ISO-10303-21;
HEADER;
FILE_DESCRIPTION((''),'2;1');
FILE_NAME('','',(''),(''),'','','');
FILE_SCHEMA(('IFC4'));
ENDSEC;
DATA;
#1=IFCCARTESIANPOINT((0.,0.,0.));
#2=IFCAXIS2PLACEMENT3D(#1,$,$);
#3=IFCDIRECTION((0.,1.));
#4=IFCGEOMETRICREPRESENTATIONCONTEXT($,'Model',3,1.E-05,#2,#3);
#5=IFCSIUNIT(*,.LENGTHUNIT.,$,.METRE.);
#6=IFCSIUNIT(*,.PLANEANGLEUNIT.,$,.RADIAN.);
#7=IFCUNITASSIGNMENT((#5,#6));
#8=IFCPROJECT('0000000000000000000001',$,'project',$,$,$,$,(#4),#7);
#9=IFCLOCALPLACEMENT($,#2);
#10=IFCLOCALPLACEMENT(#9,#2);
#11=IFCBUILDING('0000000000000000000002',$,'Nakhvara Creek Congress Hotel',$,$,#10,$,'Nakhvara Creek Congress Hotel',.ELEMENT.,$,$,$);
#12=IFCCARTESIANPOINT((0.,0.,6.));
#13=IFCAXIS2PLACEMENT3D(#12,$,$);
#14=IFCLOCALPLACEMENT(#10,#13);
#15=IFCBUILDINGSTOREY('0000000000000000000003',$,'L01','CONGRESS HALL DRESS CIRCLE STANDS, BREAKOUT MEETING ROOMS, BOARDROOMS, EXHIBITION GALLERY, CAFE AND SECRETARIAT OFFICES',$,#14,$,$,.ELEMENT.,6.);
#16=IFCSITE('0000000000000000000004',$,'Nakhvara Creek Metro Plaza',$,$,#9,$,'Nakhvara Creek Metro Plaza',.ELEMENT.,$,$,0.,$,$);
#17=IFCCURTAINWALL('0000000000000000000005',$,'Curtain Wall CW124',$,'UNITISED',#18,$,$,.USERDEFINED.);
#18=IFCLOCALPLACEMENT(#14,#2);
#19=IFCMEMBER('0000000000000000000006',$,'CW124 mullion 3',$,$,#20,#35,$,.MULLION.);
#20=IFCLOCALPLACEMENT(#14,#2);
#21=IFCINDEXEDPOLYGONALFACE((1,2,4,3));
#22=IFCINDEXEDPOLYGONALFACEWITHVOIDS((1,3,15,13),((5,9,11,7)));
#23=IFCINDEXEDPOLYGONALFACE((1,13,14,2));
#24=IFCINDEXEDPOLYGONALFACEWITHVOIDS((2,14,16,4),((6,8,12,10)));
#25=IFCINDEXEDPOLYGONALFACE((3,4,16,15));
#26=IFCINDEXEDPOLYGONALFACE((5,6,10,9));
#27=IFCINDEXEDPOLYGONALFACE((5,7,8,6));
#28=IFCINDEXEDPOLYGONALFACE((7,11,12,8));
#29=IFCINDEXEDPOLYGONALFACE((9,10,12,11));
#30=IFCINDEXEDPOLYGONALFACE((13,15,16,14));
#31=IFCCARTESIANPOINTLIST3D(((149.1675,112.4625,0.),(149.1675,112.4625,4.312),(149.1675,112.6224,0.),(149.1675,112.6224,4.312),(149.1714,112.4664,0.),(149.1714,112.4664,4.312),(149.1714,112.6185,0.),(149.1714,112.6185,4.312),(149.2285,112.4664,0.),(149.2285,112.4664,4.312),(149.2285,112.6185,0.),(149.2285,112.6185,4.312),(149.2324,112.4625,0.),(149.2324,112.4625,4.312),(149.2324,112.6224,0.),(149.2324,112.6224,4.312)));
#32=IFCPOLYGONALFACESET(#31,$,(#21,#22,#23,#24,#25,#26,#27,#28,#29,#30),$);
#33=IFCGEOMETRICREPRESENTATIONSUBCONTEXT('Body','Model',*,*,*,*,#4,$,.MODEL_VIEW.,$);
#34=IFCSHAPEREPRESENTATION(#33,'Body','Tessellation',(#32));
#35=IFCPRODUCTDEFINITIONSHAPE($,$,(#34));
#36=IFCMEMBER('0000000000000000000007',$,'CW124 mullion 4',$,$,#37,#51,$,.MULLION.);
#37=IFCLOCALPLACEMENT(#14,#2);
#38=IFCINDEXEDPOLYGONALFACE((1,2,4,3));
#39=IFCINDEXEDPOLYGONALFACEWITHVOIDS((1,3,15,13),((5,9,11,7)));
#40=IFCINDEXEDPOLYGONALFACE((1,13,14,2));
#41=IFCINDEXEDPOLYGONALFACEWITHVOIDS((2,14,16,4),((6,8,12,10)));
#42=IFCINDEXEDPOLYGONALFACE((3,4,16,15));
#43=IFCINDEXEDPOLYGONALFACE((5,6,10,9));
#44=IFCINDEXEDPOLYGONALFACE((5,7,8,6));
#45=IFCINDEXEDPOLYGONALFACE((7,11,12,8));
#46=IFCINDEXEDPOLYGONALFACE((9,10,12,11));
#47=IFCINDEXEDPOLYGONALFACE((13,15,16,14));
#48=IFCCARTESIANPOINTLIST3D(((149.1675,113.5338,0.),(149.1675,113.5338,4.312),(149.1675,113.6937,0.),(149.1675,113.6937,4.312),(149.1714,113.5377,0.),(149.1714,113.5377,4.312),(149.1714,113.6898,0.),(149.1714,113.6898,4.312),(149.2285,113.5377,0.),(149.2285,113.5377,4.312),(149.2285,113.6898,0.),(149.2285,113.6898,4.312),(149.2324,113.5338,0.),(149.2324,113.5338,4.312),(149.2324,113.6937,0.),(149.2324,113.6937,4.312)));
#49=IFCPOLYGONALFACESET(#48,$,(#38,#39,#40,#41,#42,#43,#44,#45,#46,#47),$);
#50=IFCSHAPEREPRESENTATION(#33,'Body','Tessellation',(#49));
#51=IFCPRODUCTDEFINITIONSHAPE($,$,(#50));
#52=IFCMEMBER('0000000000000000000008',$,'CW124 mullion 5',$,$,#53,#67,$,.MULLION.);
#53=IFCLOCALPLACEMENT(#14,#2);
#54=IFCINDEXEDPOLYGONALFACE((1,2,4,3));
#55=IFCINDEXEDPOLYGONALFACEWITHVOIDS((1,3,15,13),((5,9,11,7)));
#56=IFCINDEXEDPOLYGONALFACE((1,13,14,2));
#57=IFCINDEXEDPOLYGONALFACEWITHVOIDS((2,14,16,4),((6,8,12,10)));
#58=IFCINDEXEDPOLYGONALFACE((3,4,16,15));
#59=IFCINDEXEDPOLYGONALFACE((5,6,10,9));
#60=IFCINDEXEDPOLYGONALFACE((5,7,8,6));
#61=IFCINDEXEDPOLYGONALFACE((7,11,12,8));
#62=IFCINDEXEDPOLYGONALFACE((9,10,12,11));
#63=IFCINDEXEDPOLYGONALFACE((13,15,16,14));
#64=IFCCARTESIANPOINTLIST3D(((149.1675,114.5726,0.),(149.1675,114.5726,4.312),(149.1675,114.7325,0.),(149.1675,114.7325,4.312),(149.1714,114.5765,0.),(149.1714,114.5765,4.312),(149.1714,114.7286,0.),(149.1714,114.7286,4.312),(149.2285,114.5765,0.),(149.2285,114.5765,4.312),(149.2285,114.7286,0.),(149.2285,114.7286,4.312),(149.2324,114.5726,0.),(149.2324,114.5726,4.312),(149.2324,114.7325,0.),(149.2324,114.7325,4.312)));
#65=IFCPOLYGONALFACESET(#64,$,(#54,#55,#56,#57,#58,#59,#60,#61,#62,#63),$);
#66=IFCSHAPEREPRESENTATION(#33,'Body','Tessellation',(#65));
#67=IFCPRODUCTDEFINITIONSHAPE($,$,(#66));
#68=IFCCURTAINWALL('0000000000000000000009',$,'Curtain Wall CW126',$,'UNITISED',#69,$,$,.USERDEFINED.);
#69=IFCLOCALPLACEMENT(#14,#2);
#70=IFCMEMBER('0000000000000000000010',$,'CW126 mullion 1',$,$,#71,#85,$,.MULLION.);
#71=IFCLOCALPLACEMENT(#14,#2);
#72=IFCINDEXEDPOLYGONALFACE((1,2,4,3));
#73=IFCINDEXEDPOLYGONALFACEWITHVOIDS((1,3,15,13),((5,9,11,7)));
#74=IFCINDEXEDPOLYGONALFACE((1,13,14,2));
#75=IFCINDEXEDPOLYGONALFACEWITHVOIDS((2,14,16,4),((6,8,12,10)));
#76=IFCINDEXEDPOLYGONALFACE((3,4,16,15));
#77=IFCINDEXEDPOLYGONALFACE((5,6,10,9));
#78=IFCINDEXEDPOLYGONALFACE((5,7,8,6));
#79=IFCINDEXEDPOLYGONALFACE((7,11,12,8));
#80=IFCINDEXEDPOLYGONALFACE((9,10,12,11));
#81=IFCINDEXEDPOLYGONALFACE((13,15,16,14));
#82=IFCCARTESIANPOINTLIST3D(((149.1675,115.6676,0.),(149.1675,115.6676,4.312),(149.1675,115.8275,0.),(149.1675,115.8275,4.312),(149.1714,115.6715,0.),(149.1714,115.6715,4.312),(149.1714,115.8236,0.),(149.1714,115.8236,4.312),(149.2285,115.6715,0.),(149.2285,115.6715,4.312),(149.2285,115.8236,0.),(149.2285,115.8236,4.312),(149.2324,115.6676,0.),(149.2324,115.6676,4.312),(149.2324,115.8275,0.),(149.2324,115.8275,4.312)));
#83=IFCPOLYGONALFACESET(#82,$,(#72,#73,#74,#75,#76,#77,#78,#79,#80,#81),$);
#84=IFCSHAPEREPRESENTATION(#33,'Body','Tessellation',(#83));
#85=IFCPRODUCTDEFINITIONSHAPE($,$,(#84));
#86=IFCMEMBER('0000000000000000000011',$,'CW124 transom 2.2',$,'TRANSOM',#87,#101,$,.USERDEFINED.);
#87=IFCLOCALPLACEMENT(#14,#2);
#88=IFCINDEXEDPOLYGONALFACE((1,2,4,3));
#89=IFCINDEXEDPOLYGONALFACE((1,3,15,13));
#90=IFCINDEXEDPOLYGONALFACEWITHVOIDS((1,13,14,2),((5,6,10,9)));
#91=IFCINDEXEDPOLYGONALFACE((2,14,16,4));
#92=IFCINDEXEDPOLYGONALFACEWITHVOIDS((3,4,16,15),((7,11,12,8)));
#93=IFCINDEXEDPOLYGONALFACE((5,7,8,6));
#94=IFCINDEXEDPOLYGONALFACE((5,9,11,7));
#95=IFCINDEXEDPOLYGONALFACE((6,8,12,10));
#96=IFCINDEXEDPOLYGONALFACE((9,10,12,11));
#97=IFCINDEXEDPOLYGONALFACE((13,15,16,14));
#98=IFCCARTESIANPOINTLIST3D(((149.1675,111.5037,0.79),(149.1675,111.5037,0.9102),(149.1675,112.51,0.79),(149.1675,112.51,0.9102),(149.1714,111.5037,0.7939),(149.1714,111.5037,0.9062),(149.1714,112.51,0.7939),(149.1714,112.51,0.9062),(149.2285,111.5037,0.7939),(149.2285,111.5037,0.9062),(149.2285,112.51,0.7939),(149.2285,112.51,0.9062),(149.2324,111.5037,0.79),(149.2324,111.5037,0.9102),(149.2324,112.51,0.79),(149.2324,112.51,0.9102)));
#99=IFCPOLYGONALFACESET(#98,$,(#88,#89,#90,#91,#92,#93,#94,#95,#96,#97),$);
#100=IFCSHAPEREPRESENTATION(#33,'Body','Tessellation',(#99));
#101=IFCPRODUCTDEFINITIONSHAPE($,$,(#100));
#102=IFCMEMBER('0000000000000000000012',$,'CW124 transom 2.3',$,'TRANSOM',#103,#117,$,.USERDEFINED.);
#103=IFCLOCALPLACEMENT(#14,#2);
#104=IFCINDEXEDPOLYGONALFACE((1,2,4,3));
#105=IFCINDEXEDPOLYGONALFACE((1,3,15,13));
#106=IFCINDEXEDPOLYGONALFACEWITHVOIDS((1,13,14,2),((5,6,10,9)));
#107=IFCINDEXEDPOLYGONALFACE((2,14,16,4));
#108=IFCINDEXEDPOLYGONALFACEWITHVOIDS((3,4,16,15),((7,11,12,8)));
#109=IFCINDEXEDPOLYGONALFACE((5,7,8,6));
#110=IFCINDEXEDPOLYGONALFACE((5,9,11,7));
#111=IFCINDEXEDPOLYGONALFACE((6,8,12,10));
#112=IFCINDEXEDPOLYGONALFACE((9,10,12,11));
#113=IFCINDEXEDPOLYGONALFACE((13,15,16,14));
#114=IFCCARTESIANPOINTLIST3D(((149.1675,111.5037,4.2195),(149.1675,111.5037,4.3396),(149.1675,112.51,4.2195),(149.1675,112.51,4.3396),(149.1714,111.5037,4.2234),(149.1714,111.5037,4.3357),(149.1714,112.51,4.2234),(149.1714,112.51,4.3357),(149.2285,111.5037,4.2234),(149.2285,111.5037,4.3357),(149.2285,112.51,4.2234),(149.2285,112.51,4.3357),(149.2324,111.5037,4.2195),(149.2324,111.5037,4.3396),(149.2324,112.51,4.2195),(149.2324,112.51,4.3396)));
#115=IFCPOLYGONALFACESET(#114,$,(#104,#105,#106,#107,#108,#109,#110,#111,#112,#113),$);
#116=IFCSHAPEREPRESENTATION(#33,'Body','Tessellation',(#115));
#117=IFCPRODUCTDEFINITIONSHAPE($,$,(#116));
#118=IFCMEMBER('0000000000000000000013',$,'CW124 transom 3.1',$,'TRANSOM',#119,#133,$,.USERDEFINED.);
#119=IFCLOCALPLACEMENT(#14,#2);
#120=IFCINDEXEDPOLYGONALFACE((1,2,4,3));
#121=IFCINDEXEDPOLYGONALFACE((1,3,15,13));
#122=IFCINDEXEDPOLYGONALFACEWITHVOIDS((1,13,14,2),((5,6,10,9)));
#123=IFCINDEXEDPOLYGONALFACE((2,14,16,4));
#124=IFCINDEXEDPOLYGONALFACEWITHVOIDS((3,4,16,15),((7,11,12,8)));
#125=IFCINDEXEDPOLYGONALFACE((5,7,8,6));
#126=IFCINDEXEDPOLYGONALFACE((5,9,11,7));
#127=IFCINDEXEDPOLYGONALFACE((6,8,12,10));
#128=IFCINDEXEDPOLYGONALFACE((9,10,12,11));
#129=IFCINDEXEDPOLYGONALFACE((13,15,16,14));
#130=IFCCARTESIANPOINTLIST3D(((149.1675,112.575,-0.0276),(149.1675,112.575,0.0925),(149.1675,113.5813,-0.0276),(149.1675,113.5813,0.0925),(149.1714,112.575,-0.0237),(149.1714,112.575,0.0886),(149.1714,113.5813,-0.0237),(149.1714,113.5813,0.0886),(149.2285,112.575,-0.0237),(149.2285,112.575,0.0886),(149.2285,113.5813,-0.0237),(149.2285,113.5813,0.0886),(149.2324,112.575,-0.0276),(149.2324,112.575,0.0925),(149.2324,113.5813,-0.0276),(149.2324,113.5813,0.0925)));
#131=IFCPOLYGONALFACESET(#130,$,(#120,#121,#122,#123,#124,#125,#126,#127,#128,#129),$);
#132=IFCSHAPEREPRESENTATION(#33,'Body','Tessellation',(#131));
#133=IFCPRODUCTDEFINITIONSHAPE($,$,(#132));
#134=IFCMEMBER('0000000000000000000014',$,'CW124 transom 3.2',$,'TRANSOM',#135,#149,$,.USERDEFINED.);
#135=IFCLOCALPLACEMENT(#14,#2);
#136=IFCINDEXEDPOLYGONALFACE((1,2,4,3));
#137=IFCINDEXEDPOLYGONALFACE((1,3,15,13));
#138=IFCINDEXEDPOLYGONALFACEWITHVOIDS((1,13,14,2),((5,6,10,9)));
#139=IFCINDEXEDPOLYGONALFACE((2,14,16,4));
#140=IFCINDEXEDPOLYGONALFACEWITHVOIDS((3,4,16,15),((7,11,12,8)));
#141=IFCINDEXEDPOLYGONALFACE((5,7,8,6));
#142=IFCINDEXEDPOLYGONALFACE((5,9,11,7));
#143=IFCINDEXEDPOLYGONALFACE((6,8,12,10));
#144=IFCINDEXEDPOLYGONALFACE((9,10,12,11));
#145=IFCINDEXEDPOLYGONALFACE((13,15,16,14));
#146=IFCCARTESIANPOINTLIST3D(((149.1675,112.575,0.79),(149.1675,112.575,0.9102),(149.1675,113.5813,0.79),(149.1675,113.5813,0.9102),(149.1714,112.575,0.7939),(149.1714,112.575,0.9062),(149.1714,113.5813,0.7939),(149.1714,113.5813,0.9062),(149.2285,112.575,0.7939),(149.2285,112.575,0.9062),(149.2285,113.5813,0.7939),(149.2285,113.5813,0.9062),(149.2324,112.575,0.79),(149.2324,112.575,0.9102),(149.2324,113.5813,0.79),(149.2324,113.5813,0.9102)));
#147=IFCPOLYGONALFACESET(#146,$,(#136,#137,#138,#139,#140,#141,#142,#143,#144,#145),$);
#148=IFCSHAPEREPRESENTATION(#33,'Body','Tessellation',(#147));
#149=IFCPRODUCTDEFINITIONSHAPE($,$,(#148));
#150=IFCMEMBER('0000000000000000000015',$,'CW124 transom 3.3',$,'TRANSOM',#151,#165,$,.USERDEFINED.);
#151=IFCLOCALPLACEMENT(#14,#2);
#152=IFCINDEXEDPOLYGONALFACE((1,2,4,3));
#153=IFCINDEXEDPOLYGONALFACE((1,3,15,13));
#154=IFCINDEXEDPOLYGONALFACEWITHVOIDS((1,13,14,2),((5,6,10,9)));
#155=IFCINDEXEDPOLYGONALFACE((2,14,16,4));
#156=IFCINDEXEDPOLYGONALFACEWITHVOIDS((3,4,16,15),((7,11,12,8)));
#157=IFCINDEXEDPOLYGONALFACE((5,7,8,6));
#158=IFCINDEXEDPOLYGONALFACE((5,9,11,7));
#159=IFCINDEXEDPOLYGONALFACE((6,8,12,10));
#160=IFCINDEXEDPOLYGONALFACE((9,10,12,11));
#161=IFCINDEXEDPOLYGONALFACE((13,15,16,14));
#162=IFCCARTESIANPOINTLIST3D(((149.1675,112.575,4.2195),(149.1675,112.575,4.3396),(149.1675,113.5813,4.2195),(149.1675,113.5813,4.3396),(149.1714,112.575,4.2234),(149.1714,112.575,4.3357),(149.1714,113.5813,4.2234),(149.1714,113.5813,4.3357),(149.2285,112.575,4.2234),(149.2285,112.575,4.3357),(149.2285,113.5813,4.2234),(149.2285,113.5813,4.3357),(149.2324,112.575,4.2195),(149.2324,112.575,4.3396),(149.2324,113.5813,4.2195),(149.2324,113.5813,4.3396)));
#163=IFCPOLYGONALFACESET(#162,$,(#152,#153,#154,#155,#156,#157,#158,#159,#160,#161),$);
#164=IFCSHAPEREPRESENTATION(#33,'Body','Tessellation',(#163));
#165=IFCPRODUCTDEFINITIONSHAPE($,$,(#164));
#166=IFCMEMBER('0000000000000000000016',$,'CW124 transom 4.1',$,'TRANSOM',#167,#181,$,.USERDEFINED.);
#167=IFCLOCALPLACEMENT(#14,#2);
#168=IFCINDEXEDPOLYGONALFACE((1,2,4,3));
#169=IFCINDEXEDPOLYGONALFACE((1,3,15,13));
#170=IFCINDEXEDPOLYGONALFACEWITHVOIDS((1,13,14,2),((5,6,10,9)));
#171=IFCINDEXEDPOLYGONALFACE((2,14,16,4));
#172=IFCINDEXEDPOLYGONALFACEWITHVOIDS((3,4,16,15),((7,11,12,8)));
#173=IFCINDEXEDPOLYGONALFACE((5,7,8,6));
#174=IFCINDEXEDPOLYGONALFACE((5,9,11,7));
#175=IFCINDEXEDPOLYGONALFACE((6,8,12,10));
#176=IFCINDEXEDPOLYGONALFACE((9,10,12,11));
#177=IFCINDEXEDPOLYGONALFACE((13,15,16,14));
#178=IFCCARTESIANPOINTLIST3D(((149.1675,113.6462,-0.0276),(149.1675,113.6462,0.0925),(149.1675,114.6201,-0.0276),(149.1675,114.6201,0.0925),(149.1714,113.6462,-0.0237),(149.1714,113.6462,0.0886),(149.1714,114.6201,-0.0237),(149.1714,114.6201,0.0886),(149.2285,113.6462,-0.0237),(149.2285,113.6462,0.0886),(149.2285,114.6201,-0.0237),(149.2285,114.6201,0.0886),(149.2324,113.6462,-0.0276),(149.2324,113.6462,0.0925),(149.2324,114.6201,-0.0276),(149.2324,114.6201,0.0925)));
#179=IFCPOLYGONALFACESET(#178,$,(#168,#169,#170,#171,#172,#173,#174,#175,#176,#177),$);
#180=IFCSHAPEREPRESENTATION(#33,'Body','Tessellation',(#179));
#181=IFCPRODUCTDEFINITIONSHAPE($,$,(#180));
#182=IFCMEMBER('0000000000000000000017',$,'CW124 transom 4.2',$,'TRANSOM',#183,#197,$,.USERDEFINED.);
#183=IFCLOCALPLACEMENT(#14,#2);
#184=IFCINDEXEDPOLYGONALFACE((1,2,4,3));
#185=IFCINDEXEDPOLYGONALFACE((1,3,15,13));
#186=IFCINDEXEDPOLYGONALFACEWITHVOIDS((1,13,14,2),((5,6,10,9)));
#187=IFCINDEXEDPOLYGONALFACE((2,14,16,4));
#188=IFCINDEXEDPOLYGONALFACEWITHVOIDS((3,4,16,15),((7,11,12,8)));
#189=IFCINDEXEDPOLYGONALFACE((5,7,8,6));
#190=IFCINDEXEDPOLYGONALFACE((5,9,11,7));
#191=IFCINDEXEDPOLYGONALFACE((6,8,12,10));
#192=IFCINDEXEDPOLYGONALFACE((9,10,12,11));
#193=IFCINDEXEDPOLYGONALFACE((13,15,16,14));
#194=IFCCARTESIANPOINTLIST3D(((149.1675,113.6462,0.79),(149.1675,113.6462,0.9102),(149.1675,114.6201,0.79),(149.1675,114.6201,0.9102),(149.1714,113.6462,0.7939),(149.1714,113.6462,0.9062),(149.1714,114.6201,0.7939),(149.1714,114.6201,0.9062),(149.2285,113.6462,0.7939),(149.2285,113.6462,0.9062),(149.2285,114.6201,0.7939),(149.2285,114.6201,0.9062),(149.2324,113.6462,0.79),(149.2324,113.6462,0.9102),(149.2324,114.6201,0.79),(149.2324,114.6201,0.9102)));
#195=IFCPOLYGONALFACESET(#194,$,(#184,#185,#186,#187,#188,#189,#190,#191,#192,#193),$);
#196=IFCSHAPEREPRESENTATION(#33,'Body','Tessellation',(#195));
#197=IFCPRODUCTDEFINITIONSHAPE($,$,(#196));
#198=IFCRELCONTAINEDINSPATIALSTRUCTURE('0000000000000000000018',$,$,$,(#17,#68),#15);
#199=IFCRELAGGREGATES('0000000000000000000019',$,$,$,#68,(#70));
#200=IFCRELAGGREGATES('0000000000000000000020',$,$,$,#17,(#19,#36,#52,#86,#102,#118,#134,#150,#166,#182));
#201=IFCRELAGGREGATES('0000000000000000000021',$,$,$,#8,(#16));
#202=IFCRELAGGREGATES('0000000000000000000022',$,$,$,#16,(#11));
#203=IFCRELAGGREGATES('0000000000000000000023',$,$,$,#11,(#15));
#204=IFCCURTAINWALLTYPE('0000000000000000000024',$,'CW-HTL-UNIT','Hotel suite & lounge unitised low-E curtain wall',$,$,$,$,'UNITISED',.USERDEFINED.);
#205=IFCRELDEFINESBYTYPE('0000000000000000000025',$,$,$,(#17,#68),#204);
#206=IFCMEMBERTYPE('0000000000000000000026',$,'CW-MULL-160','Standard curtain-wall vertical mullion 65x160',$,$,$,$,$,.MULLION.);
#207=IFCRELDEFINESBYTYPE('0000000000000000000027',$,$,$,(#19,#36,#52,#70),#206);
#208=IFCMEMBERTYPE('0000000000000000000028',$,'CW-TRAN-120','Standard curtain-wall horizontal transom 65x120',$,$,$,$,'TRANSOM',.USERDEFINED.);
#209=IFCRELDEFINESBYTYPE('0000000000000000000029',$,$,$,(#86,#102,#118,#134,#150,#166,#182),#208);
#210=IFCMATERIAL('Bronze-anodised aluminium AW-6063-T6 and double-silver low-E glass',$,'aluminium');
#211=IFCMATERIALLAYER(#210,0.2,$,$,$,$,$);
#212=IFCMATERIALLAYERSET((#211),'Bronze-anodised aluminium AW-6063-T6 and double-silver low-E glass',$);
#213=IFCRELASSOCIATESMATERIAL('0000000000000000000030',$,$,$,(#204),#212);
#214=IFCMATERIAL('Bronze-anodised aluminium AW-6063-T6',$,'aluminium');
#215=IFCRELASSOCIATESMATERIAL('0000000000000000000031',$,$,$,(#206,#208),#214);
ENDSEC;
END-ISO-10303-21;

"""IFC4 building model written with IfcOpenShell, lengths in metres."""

from ifc_helpers import new_model, si_unit, direction, frame, origin, origin_2d, place, context, subcontext, project, spatial, hollow_rectangle, extrude, material, layer, layer_set, material_profile, profile_set, type_object, element, aggregate, save


model = new_model("IFC4")

# Units and contexts
model_context = context("Model", 3, precision=1e-05, world=origin(), true_north=direction((0.0, 1.0)))
body_context = subcontext(model_context, "Body", "Model", "MODEL_VIEW")
ifc_project = project(units=[si_unit("LENGTHUNIT", "METRE"), si_unit("PLANEANGLEUNIT", "RADIAN")], contexts=[model_context])

# Site, building, storey
site_placement = place(None, origin())
site = spatial("IfcSite", under=ifc_project, at=site_placement, Name="Nakhvara Creek Metro Plaza", LongName="Nakhvara Creek Metro Plaza", CompositionType="ELEMENT", RefElevation=0.0)
building_placement = place(site_placement, origin())
building = spatial("IfcBuilding", under=site, at=building_placement, Name="Nakhvara Creek Congress Hotel", LongName="Nakhvara Creek Congress Hotel", CompositionType="ELEMENT")
storey_placement = place(building_placement, frame((0.0, 0.0, 6.0)))
storey = spatial("IfcBuildingStorey", under=building, at=storey_placement, Name="L01", Description="CONGRESS HALL DRESS CIRCLE STANDS, BREAKOUT MEETING ROOMS, BOARDROOMS, EXHIBITION GALLERY, CAFE AND SECRETARIAT OFFICES", CompositionType="ELEMENT", Elevation=6.0)

# Curtain wall, members
ifc_material_1 = material(Name="Bronze-anodised aluminium AW-6063-T6 and double-silver low-E glass", Category="aluminium")
ifc_layer_1 = layer(ifc_material_1, 0.2)
ifc_layer_set_1 = layer_set([ifc_layer_1], Name="Bronze-anodised aluminium AW-6063-T6 and double-silver low-E glass")
curtain_wall_type = type_object("IfcCurtainWallType", Name="CW-HTL-UNIT", Description="Hotel suite & lounge unitised low-E curtain wall", ElementType="UNITISED", PredefinedType="USERDEFINED", material=ifc_layer_set_1)
curtain_wall_1_placement = place(storey_placement, origin())
curtain_wall_1 = element("IfcCurtainWall", 1, at=curtain_wall_1_placement, inside=storey, type_object=curtain_wall_type, Name="Curtain Wall CW124", ObjectType="UNITISED", PredefinedType="USERDEFINED")
ifc_material_2 = material(Name="Bronze-anodised aluminium AW-6063-T6", Category="aluminium")
ifc_material_profile_1 = material_profile(ifc_material_2, hollow_rectangle(XDim=0.0649, YDim=0.1599, WallThickness=0.0039, at=origin_2d()), Name="ALU-MULL 65x160x4", Category="LoadBearing")
ifc_profile_set_1 = profile_set([ifc_material_profile_1], Name="Bronze-anodised aluminium AW-6063-T6")
member_type_1 = type_object("IfcMemberType", Name="CW-MULL-160", Description="Standard curtain-wall vertical mullion 65x160", PredefinedType="MULLION", material=ifc_profile_set_1)
member_1_placement = place(storey_placement, frame((149.2, 112.5425, 0.0), z_axis=(0.0, 0.0, 1.0), x_axis=(-1.0, 0.0, 0.0)))
member_1 = element("IfcMember", 2, at=member_1_placement, type_object=member_type_1, Name="CW124 mullion 3", PredefinedType="MULLION", context=body_context, shape_type="SweptSolid", body=[
    extrude(hollow_rectangle(XDim=0.0649, YDim=0.1599, WallThickness=0.0039, at=origin_2d()), origin(), (0.0, 0.0, 1.0), 4.312),
])
member_2_placement = place(storey_placement, frame((149.2, 113.6138, 0.0), z_axis=(0.0, 0.0, 1.0), x_axis=(-1.0, 0.0, 0.0)))
member_2 = element("IfcMember", 3, at=member_2_placement, type_object=member_type_1, Name="CW124 mullion 4", PredefinedType="MULLION", context=body_context, shape_type="SweptSolid", body=[
    extrude(hollow_rectangle(XDim=0.0649, YDim=0.1599, WallThickness=0.0039, at=origin_2d()), origin(), (0.0, 0.0, 1.0), 4.312),
])
member_3_placement = place(storey_placement, frame((149.2, 114.6526, 0.0), z_axis=(0.0, 0.0, 1.0), x_axis=(-1.0, 0.0, 0.0)))
member_3 = element("IfcMember", 4, at=member_3_placement, type_object=member_type_1, Name="CW124 mullion 5", PredefinedType="MULLION", context=body_context, shape_type="SweptSolid", body=[
    extrude(hollow_rectangle(XDim=0.0649, YDim=0.1599, WallThickness=0.0039, at=origin_2d()), origin(), (0.0, 0.0, 1.0), 4.312),
])

# Curtain wall, member
curtain_wall_2_placement = place(storey_placement, origin())
curtain_wall_2 = element("IfcCurtainWall", 5, at=curtain_wall_2_placement, inside=storey, type_object=curtain_wall_type, Name="Curtain Wall CW126", ObjectType="UNITISED", PredefinedType="USERDEFINED")
member_4_placement = place(storey_placement, frame((149.2, 115.7476, 0.0), z_axis=(0.0, 0.0, 1.0), x_axis=(-1.0, 0.0, 0.0)))
member_4 = element("IfcMember", 6, at=member_4_placement, type_object=member_type_1, Name="CW126 mullion 1", PredefinedType="MULLION", context=body_context, shape_type="SweptSolid", body=[
    extrude(hollow_rectangle(XDim=0.0649, YDim=0.1599, WallThickness=0.0039, at=origin_2d()), origin(), (0.0, 0.0, 1.0), 4.312),
])

# Members
ifc_material_profile_2 = material_profile(ifc_material_2, hollow_rectangle(XDim=0.0649, YDim=0.1201, WallThickness=0.0039, at=origin_2d()), Name="ALU-TRAN 65x120x4", Category="LoadBearing")
ifc_profile_set_2 = profile_set([ifc_material_profile_2], Name="Bronze-anodised aluminium AW-6063-T6")
member_type_2 = type_object("IfcMemberType", Name="CW-TRAN-120", Description="Standard curtain-wall horizontal transom 65x120", ElementType="TRANSOM", PredefinedType="USERDEFINED", material=ifc_profile_set_2)
member_5_placement = place(storey_placement, frame((149.2, 111.5037, 0.8501), z_axis=(0.0, 1.0, 0.0), x_axis=(-1.0, 0.0, 0.0)))
member_5 = element("IfcMember", 7, at=member_5_placement, type_object=member_type_2, Name="CW124 transom 2.2", ObjectType="TRANSOM", PredefinedType="USERDEFINED", context=body_context, shape_type="SweptSolid", body=[
    extrude(hollow_rectangle(XDim=0.0649, YDim=0.1201, WallThickness=0.0039, at=origin_2d()), origin(), (0.0, 0.0, 1.0), 1.0063),
])
member_6_placement = place(storey_placement, frame((149.2, 111.5037, 4.2795), z_axis=(0.0, 1.0, 0.0), x_axis=(-1.0, 0.0, 0.0)))
member_6 = element("IfcMember", 8, at=member_6_placement, type_object=member_type_2, Name="CW124 transom 2.3", ObjectType="TRANSOM", PredefinedType="USERDEFINED", context=body_context, shape_type="SweptSolid", body=[
    extrude(hollow_rectangle(XDim=0.0649, YDim=0.1201, WallThickness=0.0039, at=origin_2d()), origin(), (0.0, 0.0, 1.0), 1.0063),
])
member_7_placement = place(storey_placement, frame((149.2, 112.575, 0.0325), z_axis=(0.0, 1.0, 0.0), x_axis=(-1.0, 0.0, 0.0)))
member_7 = element("IfcMember", 9, at=member_7_placement, type_object=member_type_2, Name="CW124 transom 3.1", ObjectType="TRANSOM", PredefinedType="USERDEFINED", context=body_context, shape_type="SweptSolid", body=[
    extrude(hollow_rectangle(XDim=0.0649, YDim=0.1201, WallThickness=0.0039, at=origin_2d()), origin(), (0.0, 0.0, 1.0), 1.0063),
])
member_8_placement = place(storey_placement, frame((149.2, 112.575, 0.8501), z_axis=(0.0, 1.0, 0.0), x_axis=(-1.0, 0.0, 0.0)))
member_8 = element("IfcMember", 10, at=member_8_placement, type_object=member_type_2, Name="CW124 transom 3.2", ObjectType="TRANSOM", PredefinedType="USERDEFINED", context=body_context, shape_type="SweptSolid", body=[
    extrude(hollow_rectangle(XDim=0.0649, YDim=0.1201, WallThickness=0.0039, at=origin_2d()), origin(), (0.0, 0.0, 1.0), 1.0063),
])
member_9_placement = place(storey_placement, frame((149.2, 112.575, 4.2795), z_axis=(0.0, 1.0, 0.0), x_axis=(-1.0, 0.0, 0.0)))
member_9 = element("IfcMember", 11, at=member_9_placement, type_object=member_type_2, Name="CW124 transom 3.3", ObjectType="TRANSOM", PredefinedType="USERDEFINED", context=body_context, shape_type="SweptSolid", body=[
    extrude(hollow_rectangle(XDim=0.0649, YDim=0.1201, WallThickness=0.0039, at=origin_2d()), origin(), (0.0, 0.0, 1.0), 1.0063),
])
member_10_placement = place(storey_placement, frame((149.2, 113.6462, 0.0325), z_axis=(0.0, 1.0, 0.0), x_axis=(-1.0, 0.0, 0.0)))
member_10 = element("IfcMember", 12, at=member_10_placement, type_object=member_type_2, Name="CW124 transom 4.1", ObjectType="TRANSOM", PredefinedType="USERDEFINED", context=body_context, shape_type="SweptSolid", body=[
    extrude(hollow_rectangle(XDim=0.0649, YDim=0.1201, WallThickness=0.0039, at=origin_2d()), origin(), (0.0, 0.0, 1.0), 0.9739),
])
member_11_placement = place(storey_placement, frame((149.2, 113.6462, 0.8501), z_axis=(0.0, 1.0, 0.0), x_axis=(-1.0, 0.0, 0.0)))
member_11 = element("IfcMember", 13, at=member_11_placement, type_object=member_type_2, Name="CW124 transom 4.2", ObjectType="TRANSOM", PredefinedType="USERDEFINED", context=body_context, shape_type="SweptSolid", body=[
    extrude(hollow_rectangle(XDim=0.0649, YDim=0.1201, WallThickness=0.0039, at=origin_2d()), origin(), (0.0, 0.0, 1.0), 0.9739),
])

aggregate(curtain_wall_2, [member_4])
aggregate(curtain_wall_1, [member_1, member_2, member_3, member_5, member_6, member_7, member_8, member_9, member_10, member_11])

save(model, "model.ifc")
